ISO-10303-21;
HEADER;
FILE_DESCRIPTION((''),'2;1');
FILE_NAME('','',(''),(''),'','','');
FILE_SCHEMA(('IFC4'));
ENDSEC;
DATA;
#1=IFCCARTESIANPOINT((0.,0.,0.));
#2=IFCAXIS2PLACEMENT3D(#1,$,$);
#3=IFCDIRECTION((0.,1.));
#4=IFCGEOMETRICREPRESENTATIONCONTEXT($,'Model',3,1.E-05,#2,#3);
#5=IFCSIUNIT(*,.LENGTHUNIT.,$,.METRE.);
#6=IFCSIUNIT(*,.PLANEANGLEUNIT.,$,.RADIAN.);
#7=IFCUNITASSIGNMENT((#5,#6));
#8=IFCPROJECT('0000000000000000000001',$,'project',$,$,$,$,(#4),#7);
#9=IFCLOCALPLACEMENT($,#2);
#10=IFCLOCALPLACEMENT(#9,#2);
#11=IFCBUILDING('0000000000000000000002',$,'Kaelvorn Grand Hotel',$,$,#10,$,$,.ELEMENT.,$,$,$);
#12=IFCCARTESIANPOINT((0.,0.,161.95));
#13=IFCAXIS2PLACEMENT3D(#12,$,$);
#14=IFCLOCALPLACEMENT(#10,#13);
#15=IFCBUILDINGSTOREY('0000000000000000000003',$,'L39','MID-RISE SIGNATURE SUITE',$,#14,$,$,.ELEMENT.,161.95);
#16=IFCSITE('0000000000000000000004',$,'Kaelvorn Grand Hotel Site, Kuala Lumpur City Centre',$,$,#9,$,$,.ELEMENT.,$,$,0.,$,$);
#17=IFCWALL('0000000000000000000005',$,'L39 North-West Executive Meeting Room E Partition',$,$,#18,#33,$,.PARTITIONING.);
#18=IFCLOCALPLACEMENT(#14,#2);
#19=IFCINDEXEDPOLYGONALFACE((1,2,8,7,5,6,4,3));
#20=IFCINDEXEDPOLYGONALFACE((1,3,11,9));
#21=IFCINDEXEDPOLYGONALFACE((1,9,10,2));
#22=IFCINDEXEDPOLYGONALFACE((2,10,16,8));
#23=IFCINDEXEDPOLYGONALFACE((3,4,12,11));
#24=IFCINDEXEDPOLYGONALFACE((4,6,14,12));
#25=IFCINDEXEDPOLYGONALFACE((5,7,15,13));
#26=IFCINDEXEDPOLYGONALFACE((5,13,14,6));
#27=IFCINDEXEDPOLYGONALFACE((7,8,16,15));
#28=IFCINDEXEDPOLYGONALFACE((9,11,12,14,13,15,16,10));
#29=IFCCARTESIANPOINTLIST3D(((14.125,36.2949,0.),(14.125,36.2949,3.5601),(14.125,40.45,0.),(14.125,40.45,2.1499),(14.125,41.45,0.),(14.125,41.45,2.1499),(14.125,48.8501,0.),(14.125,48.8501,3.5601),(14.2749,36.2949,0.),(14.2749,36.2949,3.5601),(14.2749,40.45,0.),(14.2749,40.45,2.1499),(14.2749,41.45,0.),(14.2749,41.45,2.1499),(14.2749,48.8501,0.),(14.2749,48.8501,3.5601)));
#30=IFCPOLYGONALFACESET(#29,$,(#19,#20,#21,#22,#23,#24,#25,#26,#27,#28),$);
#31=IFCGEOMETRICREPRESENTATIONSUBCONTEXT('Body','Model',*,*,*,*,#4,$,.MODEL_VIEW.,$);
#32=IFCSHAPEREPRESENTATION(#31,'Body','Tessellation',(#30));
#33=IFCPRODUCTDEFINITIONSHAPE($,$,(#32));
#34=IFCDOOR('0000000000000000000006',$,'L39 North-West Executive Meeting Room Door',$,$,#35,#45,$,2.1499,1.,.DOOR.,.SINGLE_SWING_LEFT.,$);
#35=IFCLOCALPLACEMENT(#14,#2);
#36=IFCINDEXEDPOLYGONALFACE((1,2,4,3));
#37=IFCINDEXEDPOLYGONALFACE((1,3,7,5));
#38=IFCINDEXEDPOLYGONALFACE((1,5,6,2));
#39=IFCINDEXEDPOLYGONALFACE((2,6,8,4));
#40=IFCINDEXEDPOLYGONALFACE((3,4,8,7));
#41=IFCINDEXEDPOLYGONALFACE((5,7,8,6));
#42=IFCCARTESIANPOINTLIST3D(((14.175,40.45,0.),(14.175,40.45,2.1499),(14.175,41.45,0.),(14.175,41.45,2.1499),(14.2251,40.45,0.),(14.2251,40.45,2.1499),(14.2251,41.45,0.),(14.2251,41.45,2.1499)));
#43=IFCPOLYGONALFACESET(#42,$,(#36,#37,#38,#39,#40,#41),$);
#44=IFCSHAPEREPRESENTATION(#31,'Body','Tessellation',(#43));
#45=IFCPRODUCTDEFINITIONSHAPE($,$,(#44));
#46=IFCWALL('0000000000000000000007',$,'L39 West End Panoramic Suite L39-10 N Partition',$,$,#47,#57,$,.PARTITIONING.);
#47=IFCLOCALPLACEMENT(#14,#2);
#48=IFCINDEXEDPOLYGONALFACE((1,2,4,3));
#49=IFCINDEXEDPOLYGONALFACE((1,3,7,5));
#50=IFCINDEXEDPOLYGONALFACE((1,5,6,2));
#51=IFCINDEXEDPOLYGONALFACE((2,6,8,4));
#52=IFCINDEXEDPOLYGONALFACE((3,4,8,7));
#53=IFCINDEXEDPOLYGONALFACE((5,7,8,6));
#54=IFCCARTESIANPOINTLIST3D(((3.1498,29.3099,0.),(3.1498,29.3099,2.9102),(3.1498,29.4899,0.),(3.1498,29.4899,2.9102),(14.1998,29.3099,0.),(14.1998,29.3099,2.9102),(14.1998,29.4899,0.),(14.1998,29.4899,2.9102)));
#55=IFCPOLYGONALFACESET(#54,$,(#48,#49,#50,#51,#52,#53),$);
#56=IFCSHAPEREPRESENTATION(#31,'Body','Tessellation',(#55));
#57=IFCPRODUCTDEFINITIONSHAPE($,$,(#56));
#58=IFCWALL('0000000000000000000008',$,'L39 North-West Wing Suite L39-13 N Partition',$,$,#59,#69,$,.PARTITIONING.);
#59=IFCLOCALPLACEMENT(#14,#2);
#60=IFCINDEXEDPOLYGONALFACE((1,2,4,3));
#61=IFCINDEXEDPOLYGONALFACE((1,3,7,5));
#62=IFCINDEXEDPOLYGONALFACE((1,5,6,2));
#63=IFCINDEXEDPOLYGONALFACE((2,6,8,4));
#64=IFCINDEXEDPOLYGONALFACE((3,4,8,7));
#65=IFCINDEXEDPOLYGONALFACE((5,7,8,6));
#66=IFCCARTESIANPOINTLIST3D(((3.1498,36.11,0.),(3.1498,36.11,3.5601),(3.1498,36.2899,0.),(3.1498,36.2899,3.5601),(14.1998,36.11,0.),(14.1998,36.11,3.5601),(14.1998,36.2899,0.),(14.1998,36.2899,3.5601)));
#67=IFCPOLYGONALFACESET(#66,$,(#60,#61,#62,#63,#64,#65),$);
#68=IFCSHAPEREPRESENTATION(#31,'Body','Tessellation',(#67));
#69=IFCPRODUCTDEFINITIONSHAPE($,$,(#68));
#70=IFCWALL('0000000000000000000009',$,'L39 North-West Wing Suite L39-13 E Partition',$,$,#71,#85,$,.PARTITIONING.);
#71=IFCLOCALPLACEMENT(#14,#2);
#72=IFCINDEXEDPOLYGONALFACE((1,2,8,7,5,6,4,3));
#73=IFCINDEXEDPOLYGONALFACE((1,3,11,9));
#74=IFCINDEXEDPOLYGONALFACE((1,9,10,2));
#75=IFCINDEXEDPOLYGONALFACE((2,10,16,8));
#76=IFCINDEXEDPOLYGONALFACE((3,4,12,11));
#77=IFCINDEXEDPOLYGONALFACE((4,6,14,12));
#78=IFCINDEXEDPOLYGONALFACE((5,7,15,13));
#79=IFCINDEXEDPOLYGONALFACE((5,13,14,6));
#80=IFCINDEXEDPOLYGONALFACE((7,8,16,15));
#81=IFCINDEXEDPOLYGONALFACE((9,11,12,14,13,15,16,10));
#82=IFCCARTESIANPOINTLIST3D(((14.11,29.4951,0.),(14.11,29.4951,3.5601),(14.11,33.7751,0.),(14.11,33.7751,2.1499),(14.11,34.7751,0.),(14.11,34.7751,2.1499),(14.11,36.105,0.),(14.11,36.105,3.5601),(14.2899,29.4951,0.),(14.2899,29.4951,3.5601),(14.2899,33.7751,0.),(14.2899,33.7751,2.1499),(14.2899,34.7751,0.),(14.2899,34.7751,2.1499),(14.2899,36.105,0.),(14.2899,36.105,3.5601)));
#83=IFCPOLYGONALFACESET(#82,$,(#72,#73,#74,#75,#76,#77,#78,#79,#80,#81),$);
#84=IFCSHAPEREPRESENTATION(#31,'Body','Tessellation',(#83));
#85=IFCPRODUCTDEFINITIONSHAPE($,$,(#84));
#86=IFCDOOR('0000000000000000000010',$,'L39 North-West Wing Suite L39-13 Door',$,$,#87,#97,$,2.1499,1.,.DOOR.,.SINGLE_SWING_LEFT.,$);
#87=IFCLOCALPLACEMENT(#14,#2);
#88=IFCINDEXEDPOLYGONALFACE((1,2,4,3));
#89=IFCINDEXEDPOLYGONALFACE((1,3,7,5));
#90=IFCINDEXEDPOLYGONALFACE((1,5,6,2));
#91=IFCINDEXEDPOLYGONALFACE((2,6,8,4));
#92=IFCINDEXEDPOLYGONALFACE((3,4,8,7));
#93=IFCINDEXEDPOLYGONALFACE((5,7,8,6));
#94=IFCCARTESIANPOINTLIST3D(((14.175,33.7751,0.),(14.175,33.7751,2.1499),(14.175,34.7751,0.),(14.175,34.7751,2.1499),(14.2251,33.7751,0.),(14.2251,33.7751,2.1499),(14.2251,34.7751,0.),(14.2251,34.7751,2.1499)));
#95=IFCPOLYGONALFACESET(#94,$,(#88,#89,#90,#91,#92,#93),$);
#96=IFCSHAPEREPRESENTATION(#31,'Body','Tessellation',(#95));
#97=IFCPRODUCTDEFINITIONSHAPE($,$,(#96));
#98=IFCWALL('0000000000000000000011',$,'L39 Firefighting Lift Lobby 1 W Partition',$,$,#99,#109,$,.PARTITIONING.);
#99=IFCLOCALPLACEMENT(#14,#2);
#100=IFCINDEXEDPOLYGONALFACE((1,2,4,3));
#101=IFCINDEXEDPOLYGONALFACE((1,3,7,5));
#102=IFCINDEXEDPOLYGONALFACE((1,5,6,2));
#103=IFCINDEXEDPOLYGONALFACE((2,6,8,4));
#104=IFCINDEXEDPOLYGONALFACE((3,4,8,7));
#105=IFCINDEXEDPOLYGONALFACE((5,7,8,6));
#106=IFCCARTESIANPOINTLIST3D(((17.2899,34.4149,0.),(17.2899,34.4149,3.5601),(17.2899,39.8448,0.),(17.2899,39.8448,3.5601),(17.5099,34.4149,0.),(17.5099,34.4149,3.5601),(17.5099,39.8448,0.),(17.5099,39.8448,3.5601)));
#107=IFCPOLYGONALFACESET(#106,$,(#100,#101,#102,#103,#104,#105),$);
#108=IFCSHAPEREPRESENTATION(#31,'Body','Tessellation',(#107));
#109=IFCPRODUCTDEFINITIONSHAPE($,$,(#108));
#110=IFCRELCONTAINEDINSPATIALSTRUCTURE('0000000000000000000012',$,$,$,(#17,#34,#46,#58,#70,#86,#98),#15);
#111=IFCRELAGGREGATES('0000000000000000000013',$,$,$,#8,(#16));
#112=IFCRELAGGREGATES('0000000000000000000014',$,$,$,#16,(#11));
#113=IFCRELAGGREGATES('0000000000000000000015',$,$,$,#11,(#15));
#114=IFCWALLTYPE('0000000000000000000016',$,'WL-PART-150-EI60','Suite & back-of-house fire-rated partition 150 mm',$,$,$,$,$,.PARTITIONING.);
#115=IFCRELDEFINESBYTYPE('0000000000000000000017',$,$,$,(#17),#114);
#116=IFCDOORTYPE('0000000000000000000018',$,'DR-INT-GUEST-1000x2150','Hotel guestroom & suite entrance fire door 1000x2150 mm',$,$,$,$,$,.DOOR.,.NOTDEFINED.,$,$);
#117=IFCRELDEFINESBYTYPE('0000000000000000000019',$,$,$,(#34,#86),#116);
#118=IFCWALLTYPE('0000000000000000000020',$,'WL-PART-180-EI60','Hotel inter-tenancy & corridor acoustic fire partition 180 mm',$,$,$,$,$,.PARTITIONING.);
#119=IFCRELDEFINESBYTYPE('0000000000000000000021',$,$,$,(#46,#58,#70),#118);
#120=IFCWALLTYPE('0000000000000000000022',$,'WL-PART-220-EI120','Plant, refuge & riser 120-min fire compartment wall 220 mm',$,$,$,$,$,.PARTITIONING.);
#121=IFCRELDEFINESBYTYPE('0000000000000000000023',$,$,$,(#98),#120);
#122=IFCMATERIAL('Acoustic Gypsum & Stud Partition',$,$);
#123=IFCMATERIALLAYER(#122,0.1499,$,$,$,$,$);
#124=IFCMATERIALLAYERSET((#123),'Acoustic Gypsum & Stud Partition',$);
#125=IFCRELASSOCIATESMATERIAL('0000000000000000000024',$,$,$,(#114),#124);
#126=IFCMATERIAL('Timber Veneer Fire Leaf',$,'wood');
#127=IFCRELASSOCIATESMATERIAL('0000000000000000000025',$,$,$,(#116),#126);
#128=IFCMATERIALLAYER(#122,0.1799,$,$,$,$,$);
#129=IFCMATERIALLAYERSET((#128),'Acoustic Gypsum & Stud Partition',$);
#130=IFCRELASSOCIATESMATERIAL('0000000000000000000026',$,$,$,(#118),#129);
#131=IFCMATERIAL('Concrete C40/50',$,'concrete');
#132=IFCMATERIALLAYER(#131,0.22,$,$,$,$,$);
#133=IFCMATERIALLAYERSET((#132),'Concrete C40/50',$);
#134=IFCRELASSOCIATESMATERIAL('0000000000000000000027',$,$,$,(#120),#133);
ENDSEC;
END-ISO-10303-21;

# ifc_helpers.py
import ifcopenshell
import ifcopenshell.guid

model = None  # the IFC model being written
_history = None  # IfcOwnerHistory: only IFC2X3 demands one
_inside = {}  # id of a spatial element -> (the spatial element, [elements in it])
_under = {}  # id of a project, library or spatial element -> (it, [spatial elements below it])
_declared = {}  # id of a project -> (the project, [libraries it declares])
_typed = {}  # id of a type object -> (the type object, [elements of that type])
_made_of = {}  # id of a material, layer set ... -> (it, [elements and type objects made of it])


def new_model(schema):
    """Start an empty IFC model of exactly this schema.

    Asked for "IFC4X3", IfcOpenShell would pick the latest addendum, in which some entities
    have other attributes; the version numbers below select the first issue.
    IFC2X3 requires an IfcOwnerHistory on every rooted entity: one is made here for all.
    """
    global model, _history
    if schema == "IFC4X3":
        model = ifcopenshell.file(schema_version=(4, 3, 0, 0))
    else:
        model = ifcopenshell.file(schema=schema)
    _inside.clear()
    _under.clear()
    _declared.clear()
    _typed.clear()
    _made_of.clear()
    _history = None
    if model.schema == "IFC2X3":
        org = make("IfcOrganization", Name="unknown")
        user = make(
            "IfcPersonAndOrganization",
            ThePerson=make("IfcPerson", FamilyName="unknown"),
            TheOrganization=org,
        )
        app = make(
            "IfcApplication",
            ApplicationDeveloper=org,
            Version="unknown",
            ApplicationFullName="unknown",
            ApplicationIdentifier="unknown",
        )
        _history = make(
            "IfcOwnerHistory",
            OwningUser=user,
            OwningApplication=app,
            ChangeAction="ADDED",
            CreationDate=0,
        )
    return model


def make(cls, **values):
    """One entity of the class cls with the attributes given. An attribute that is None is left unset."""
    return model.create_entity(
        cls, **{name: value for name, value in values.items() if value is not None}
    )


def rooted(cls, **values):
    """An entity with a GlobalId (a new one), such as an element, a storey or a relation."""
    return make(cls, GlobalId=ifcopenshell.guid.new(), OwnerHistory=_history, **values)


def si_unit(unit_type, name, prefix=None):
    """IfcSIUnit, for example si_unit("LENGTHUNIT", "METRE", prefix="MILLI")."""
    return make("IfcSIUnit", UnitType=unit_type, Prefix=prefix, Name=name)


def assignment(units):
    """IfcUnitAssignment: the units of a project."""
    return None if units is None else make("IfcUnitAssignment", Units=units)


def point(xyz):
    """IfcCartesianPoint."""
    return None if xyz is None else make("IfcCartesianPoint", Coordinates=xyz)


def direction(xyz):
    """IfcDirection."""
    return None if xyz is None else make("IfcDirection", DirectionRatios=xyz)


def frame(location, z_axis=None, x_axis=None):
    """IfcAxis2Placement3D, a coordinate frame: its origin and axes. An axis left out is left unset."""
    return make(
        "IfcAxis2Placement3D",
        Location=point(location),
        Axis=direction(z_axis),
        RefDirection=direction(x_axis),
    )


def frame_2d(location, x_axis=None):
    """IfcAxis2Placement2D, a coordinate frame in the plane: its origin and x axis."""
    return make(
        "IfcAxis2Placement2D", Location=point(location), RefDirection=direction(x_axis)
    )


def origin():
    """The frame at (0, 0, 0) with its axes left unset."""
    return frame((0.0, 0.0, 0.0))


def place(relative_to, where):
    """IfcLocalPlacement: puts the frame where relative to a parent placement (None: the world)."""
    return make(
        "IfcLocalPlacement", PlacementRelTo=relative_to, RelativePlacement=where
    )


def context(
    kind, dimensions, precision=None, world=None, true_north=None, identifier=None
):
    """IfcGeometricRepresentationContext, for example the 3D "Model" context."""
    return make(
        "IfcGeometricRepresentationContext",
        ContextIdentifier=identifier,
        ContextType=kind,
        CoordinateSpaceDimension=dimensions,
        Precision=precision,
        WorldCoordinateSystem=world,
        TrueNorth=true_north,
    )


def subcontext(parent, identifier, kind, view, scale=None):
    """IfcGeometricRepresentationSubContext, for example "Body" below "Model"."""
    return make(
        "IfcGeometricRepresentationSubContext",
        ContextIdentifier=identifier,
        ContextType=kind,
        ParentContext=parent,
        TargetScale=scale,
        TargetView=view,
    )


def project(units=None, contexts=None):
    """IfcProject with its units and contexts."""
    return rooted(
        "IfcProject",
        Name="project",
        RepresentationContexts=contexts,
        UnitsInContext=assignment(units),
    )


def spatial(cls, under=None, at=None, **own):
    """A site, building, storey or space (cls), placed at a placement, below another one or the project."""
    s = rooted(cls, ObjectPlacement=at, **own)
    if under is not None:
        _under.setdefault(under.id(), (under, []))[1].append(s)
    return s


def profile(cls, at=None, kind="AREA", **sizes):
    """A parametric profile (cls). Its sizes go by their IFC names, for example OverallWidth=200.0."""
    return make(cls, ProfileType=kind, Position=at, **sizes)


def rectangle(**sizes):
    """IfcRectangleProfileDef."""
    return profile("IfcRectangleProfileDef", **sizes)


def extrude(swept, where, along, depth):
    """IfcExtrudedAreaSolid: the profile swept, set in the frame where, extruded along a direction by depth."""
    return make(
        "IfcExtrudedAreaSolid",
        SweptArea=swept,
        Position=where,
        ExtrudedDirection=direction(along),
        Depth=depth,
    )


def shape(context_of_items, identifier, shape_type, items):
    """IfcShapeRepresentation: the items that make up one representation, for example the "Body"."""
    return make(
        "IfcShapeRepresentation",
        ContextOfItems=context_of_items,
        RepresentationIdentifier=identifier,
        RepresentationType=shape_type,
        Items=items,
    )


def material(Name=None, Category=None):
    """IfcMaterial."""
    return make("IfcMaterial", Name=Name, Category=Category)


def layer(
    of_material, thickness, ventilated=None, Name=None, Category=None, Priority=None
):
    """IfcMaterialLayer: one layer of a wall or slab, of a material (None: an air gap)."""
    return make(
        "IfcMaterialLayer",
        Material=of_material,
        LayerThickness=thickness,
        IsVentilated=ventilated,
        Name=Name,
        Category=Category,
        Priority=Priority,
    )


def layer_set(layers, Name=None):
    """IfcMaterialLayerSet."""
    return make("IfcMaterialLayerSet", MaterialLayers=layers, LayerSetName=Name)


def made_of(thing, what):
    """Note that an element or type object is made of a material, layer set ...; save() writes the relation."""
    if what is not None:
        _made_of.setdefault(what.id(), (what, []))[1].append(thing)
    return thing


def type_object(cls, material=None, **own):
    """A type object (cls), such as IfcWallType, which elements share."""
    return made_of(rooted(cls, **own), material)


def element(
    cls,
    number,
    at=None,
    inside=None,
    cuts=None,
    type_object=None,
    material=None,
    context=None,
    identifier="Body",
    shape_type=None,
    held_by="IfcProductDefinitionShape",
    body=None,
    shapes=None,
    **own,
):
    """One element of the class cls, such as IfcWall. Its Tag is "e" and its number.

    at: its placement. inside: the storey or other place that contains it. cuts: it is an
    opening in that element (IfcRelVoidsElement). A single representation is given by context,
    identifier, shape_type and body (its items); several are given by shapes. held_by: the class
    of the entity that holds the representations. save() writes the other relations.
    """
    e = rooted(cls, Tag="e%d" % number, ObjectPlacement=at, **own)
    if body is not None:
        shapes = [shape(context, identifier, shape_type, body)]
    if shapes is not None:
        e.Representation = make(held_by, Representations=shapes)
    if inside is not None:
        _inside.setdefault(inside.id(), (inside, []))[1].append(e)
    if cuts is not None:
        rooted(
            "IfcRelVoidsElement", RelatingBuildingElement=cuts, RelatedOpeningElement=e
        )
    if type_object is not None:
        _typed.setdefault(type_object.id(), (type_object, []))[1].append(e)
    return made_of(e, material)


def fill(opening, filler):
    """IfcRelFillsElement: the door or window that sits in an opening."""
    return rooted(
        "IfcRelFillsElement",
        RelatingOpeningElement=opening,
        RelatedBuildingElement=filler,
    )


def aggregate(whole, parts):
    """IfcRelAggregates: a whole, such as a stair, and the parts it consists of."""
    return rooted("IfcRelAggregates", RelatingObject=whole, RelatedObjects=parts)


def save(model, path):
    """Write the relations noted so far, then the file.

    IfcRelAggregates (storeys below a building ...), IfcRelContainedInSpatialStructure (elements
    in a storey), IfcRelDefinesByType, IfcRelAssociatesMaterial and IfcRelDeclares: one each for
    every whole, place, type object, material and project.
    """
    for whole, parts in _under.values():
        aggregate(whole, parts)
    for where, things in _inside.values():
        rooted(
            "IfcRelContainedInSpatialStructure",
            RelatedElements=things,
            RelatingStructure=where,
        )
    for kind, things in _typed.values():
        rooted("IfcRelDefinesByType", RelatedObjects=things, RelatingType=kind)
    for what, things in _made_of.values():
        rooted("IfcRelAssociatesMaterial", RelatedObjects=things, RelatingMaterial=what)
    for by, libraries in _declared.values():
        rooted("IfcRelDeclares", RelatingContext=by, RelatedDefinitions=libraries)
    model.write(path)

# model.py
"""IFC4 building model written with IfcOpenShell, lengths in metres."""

from ifc_helpers import new_model, si_unit, direction, frame, frame_2d, origin, place, context, subcontext, project, spatial, rectangle, extrude, material, layer, layer_set, type_object, element, fill, save


model = new_model("IFC4")

# Units and contexts
model_context = context("Model", 3, precision=1e-05, world=origin(), true_north=direction((0.0, 1.0)))
body_context = subcontext(model_context, "Body", "Model", "MODEL_VIEW")
ifc_project = project(units=[si_unit("LENGTHUNIT", "METRE"), si_unit("PLANEANGLEUNIT", "RADIAN")], contexts=[model_context])

# Site, building, storey
site_placement = place(None, origin())
site = spatial("IfcSite", under=ifc_project, at=site_placement, Name="Kaelvorn Grand Hotel Site, Kuala Lumpur City Centre", CompositionType="ELEMENT", RefElevation=0.0)
building_placement = place(site_placement, origin())
building = spatial("IfcBuilding", under=site, at=building_placement, Name="Kaelvorn Grand Hotel", CompositionType="ELEMENT")
storey_placement = place(building_placement, frame((0.0, 0.0, 161.95)))
storey = spatial("IfcBuildingStorey", under=building, at=storey_placement, Name="L39", Description="MID-RISE SIGNATURE SUITE", CompositionType="ELEMENT", Elevation=161.95)

# Wall, opening, door
ifc_material_1 = material(Name="Acoustic Gypsum & Stud Partition")
ifc_layer_1 = layer(ifc_material_1, 0.1499)
ifc_layer_set_1 = layer_set([ifc_layer_1], Name="Acoustic Gypsum & Stud Partition")
wall_type_1 = type_object("IfcWallType", Name="WL-PART-150-EI60", Description="Suite & back-of-house fire-rated partition 150 mm", PredefinedType="PARTITIONING", material=ifc_layer_set_1)
wall_1_placement = place(storey_placement, frame((14.2, 36.2949, 0.0), z_axis=(0.0, 0.0, 1.0), x_axis=(0.0, 1.0, 0.0)))
wall_1 = element("IfcWall", 1, at=wall_1_placement, inside=storey, type_object=wall_type_1, Name="L39 North-West Executive Meeting Room E Partition", PredefinedType="PARTITIONING", context=body_context, shape_type="SweptSolid", body=[
    extrude(rectangle(XDim=12.5552, YDim=0.1499, at=frame_2d((6.2776, 0.0))), origin(), (0.0, 0.0, 1.0), 3.5601),
])
opening_1_placement = place(wall_1_placement, frame((4.155, 0.0, 0.0)))
opening_1 = element("IfcOpeningElement", 2, at=opening_1_placement, cuts=wall_1, PredefinedType="OPENING", context=body_context, shape_type="SweptSolid", body=[
    extrude(rectangle(XDim=1.0, YDim=2.1499, at=frame_2d((0.5, 1.075))), frame((0.0, 0.085, 0.0), z_axis=(0.0, -1.0, 0.0), x_axis=(1.0, 0.0, 0.0)), (0.0, 0.0, 1.0), 0.1699),
])
ifc_material_2 = material(Name="Timber Veneer Fire Leaf", Category="wood")
door_type_1 = type_object("IfcDoorType", Name="DR-INT-GUEST-1000x2150", Description="Hotel guestroom & suite entrance fire door 1000x2150 mm", OperationType="NOTDEFINED", PredefinedType="DOOR", material=ifc_material_2)
door_1_placement = place(opening_1_placement, origin())
door_1 = element("IfcDoor", 3, at=door_1_placement, inside=storey, type_object=door_type_1, Name="L39 North-West Executive Meeting Room Door", OperationType="SINGLE_SWING_LEFT", OverallHeight=2.1499, OverallWidth=1.0, PredefinedType="DOOR", context=body_context, shape_type="SweptSolid", body=[
    extrude(rectangle(XDim=1.0, YDim=2.1499, at=frame_2d((0.5, 1.075))), frame((0.0, 0.0249, 0.0), z_axis=(0.0, -1.0, 0.0), x_axis=(1.0, 0.0, 0.0)), (0.0, 0.0, 1.0), 0.05),
])
fill(opening_1, door_1)

# Walls
ifc_layer_2 = layer(ifc_material_1, 0.1799)
ifc_layer_set_2 = layer_set([ifc_layer_2], Name="Acoustic Gypsum & Stud Partition")
wall_type_2 = type_object("IfcWallType", Name="WL-PART-180-EI60", Description="Hotel inter-tenancy & corridor acoustic fire partition 180 mm", PredefinedType="PARTITIONING", material=ifc_layer_set_2)
wall_2_placement = place(storey_placement, frame((3.1499, 29.3999, 0.0), z_axis=(0.0, 0.0, 1.0), x_axis=(1.0, 0.0, 0.0)))
element("IfcWall", 4, at=wall_2_placement, inside=storey, type_object=wall_type_2, Name="L39 West End Panoramic Suite L39-10 N Partition", PredefinedType="PARTITIONING", context=body_context, shape_type="SweptSolid", body=[
    extrude(rectangle(XDim=11.05, YDim=0.1799, at=frame_2d((5.5249, 0.0))), origin(), (0.0, 0.0, 1.0), 2.9102),
])
wall_3_placement = place(storey_placement, frame((3.1499, 36.2, 0.0), z_axis=(0.0, 0.0, 1.0), x_axis=(1.0, 0.0, 0.0)))
element("IfcWall", 5, at=wall_3_placement, inside=storey, type_object=wall_type_2, Name="L39 North-West Wing Suite L39-13 N Partition", PredefinedType="PARTITIONING", context=body_context, shape_type="SweptSolid", body=[
    extrude(rectangle(XDim=11.05, YDim=0.1799, at=frame_2d((5.5249, 0.0))), origin(), (0.0, 0.0, 1.0), 3.5601),
])

# Wall, opening, door
wall_4_placement = place(storey_placement, frame((14.2, 29.4951, 0.0), z_axis=(0.0, 0.0, 1.0), x_axis=(0.0, 1.0, 0.0)))
wall_4 = element("IfcWall", 6, at=wall_4_placement, inside=storey, type_object=wall_type_2, Name="L39 North-West Wing Suite L39-13 E Partition", PredefinedType="PARTITIONING", context=body_context, shape_type="SweptSolid", body=[
    extrude(rectangle(XDim=6.6099, YDim=0.1799, at=frame_2d((3.3049, 0.0))), origin(), (0.0, 0.0, 1.0), 3.5601),
])
opening_2_placement = place(wall_4_placement, frame((4.28, 0.0, 0.0)))
opening_2 = element("IfcOpeningElement", 7, at=opening_2_placement, cuts=wall_4, PredefinedType="OPENING", context=body_context, shape_type="SweptSolid", body=[
    extrude(rectangle(XDim=1.0, YDim=2.1499, at=frame_2d((0.5, 1.075))), frame((0.0, 0.1001, 0.0), z_axis=(0.0, -1.0, 0.0), x_axis=(1.0, 0.0, 0.0)), (0.0, 0.0, 1.0), 0.2),
])
door_2_placement = place(opening_2_placement, origin())
door_2 = element("IfcDoor", 8, at=door_2_placement, inside=storey, type_object=door_type_1, Name="L39 North-West Wing Suite L39-13 Door", OperationType="SINGLE_SWING_LEFT", OverallHeight=2.1499, OverallWidth=1.0, PredefinedType="DOOR", context=body_context, shape_type="SweptSolid", body=[
    extrude(rectangle(XDim=1.0, YDim=2.1499, at=frame_2d((0.5, 1.075))), frame((0.0, 0.0249, 0.0), z_axis=(0.0, -1.0, 0.0), x_axis=(1.0, 0.0, 0.0)), (0.0, 0.0, 1.0), 0.05),
])
fill(opening_2, door_2)
ifc_material_3 = material(Name="Concrete C40/50", Category="concrete")
ifc_layer_3 = layer(ifc_material_3, 0.22)
ifc_layer_set_3 = layer_set([ifc_layer_3], Name="Concrete C40/50")
wall_type_3 = type_object("IfcWallType", Name="WL-PART-220-EI120", Description="Plant, refuge & riser 120-min fire compartment wall 220 mm", PredefinedType="PARTITIONING", material=ifc_layer_set_3)

# Wall
wall_5_placement = place(storey_placement, frame((17.3999, 34.415, 0.0), z_axis=(0.0, 0.0, 1.0), x_axis=(0.0, 1.0, 0.0)))
element("IfcWall", 9, at=wall_5_placement, inside=storey, type_object=wall_type_3, Name="L39 Firefighting Lift Lobby 1 W Partition", PredefinedType="PARTITIONING", context=body_context, shape_type="SweptSolid", body=[
    extrude(rectangle(XDim=5.4299, YDim=0.22, at=frame_2d((2.7148, 0.0))), origin(), (0.0, 0.0, 1.0), 3.5601),
])

save(model, "model.ifc")
